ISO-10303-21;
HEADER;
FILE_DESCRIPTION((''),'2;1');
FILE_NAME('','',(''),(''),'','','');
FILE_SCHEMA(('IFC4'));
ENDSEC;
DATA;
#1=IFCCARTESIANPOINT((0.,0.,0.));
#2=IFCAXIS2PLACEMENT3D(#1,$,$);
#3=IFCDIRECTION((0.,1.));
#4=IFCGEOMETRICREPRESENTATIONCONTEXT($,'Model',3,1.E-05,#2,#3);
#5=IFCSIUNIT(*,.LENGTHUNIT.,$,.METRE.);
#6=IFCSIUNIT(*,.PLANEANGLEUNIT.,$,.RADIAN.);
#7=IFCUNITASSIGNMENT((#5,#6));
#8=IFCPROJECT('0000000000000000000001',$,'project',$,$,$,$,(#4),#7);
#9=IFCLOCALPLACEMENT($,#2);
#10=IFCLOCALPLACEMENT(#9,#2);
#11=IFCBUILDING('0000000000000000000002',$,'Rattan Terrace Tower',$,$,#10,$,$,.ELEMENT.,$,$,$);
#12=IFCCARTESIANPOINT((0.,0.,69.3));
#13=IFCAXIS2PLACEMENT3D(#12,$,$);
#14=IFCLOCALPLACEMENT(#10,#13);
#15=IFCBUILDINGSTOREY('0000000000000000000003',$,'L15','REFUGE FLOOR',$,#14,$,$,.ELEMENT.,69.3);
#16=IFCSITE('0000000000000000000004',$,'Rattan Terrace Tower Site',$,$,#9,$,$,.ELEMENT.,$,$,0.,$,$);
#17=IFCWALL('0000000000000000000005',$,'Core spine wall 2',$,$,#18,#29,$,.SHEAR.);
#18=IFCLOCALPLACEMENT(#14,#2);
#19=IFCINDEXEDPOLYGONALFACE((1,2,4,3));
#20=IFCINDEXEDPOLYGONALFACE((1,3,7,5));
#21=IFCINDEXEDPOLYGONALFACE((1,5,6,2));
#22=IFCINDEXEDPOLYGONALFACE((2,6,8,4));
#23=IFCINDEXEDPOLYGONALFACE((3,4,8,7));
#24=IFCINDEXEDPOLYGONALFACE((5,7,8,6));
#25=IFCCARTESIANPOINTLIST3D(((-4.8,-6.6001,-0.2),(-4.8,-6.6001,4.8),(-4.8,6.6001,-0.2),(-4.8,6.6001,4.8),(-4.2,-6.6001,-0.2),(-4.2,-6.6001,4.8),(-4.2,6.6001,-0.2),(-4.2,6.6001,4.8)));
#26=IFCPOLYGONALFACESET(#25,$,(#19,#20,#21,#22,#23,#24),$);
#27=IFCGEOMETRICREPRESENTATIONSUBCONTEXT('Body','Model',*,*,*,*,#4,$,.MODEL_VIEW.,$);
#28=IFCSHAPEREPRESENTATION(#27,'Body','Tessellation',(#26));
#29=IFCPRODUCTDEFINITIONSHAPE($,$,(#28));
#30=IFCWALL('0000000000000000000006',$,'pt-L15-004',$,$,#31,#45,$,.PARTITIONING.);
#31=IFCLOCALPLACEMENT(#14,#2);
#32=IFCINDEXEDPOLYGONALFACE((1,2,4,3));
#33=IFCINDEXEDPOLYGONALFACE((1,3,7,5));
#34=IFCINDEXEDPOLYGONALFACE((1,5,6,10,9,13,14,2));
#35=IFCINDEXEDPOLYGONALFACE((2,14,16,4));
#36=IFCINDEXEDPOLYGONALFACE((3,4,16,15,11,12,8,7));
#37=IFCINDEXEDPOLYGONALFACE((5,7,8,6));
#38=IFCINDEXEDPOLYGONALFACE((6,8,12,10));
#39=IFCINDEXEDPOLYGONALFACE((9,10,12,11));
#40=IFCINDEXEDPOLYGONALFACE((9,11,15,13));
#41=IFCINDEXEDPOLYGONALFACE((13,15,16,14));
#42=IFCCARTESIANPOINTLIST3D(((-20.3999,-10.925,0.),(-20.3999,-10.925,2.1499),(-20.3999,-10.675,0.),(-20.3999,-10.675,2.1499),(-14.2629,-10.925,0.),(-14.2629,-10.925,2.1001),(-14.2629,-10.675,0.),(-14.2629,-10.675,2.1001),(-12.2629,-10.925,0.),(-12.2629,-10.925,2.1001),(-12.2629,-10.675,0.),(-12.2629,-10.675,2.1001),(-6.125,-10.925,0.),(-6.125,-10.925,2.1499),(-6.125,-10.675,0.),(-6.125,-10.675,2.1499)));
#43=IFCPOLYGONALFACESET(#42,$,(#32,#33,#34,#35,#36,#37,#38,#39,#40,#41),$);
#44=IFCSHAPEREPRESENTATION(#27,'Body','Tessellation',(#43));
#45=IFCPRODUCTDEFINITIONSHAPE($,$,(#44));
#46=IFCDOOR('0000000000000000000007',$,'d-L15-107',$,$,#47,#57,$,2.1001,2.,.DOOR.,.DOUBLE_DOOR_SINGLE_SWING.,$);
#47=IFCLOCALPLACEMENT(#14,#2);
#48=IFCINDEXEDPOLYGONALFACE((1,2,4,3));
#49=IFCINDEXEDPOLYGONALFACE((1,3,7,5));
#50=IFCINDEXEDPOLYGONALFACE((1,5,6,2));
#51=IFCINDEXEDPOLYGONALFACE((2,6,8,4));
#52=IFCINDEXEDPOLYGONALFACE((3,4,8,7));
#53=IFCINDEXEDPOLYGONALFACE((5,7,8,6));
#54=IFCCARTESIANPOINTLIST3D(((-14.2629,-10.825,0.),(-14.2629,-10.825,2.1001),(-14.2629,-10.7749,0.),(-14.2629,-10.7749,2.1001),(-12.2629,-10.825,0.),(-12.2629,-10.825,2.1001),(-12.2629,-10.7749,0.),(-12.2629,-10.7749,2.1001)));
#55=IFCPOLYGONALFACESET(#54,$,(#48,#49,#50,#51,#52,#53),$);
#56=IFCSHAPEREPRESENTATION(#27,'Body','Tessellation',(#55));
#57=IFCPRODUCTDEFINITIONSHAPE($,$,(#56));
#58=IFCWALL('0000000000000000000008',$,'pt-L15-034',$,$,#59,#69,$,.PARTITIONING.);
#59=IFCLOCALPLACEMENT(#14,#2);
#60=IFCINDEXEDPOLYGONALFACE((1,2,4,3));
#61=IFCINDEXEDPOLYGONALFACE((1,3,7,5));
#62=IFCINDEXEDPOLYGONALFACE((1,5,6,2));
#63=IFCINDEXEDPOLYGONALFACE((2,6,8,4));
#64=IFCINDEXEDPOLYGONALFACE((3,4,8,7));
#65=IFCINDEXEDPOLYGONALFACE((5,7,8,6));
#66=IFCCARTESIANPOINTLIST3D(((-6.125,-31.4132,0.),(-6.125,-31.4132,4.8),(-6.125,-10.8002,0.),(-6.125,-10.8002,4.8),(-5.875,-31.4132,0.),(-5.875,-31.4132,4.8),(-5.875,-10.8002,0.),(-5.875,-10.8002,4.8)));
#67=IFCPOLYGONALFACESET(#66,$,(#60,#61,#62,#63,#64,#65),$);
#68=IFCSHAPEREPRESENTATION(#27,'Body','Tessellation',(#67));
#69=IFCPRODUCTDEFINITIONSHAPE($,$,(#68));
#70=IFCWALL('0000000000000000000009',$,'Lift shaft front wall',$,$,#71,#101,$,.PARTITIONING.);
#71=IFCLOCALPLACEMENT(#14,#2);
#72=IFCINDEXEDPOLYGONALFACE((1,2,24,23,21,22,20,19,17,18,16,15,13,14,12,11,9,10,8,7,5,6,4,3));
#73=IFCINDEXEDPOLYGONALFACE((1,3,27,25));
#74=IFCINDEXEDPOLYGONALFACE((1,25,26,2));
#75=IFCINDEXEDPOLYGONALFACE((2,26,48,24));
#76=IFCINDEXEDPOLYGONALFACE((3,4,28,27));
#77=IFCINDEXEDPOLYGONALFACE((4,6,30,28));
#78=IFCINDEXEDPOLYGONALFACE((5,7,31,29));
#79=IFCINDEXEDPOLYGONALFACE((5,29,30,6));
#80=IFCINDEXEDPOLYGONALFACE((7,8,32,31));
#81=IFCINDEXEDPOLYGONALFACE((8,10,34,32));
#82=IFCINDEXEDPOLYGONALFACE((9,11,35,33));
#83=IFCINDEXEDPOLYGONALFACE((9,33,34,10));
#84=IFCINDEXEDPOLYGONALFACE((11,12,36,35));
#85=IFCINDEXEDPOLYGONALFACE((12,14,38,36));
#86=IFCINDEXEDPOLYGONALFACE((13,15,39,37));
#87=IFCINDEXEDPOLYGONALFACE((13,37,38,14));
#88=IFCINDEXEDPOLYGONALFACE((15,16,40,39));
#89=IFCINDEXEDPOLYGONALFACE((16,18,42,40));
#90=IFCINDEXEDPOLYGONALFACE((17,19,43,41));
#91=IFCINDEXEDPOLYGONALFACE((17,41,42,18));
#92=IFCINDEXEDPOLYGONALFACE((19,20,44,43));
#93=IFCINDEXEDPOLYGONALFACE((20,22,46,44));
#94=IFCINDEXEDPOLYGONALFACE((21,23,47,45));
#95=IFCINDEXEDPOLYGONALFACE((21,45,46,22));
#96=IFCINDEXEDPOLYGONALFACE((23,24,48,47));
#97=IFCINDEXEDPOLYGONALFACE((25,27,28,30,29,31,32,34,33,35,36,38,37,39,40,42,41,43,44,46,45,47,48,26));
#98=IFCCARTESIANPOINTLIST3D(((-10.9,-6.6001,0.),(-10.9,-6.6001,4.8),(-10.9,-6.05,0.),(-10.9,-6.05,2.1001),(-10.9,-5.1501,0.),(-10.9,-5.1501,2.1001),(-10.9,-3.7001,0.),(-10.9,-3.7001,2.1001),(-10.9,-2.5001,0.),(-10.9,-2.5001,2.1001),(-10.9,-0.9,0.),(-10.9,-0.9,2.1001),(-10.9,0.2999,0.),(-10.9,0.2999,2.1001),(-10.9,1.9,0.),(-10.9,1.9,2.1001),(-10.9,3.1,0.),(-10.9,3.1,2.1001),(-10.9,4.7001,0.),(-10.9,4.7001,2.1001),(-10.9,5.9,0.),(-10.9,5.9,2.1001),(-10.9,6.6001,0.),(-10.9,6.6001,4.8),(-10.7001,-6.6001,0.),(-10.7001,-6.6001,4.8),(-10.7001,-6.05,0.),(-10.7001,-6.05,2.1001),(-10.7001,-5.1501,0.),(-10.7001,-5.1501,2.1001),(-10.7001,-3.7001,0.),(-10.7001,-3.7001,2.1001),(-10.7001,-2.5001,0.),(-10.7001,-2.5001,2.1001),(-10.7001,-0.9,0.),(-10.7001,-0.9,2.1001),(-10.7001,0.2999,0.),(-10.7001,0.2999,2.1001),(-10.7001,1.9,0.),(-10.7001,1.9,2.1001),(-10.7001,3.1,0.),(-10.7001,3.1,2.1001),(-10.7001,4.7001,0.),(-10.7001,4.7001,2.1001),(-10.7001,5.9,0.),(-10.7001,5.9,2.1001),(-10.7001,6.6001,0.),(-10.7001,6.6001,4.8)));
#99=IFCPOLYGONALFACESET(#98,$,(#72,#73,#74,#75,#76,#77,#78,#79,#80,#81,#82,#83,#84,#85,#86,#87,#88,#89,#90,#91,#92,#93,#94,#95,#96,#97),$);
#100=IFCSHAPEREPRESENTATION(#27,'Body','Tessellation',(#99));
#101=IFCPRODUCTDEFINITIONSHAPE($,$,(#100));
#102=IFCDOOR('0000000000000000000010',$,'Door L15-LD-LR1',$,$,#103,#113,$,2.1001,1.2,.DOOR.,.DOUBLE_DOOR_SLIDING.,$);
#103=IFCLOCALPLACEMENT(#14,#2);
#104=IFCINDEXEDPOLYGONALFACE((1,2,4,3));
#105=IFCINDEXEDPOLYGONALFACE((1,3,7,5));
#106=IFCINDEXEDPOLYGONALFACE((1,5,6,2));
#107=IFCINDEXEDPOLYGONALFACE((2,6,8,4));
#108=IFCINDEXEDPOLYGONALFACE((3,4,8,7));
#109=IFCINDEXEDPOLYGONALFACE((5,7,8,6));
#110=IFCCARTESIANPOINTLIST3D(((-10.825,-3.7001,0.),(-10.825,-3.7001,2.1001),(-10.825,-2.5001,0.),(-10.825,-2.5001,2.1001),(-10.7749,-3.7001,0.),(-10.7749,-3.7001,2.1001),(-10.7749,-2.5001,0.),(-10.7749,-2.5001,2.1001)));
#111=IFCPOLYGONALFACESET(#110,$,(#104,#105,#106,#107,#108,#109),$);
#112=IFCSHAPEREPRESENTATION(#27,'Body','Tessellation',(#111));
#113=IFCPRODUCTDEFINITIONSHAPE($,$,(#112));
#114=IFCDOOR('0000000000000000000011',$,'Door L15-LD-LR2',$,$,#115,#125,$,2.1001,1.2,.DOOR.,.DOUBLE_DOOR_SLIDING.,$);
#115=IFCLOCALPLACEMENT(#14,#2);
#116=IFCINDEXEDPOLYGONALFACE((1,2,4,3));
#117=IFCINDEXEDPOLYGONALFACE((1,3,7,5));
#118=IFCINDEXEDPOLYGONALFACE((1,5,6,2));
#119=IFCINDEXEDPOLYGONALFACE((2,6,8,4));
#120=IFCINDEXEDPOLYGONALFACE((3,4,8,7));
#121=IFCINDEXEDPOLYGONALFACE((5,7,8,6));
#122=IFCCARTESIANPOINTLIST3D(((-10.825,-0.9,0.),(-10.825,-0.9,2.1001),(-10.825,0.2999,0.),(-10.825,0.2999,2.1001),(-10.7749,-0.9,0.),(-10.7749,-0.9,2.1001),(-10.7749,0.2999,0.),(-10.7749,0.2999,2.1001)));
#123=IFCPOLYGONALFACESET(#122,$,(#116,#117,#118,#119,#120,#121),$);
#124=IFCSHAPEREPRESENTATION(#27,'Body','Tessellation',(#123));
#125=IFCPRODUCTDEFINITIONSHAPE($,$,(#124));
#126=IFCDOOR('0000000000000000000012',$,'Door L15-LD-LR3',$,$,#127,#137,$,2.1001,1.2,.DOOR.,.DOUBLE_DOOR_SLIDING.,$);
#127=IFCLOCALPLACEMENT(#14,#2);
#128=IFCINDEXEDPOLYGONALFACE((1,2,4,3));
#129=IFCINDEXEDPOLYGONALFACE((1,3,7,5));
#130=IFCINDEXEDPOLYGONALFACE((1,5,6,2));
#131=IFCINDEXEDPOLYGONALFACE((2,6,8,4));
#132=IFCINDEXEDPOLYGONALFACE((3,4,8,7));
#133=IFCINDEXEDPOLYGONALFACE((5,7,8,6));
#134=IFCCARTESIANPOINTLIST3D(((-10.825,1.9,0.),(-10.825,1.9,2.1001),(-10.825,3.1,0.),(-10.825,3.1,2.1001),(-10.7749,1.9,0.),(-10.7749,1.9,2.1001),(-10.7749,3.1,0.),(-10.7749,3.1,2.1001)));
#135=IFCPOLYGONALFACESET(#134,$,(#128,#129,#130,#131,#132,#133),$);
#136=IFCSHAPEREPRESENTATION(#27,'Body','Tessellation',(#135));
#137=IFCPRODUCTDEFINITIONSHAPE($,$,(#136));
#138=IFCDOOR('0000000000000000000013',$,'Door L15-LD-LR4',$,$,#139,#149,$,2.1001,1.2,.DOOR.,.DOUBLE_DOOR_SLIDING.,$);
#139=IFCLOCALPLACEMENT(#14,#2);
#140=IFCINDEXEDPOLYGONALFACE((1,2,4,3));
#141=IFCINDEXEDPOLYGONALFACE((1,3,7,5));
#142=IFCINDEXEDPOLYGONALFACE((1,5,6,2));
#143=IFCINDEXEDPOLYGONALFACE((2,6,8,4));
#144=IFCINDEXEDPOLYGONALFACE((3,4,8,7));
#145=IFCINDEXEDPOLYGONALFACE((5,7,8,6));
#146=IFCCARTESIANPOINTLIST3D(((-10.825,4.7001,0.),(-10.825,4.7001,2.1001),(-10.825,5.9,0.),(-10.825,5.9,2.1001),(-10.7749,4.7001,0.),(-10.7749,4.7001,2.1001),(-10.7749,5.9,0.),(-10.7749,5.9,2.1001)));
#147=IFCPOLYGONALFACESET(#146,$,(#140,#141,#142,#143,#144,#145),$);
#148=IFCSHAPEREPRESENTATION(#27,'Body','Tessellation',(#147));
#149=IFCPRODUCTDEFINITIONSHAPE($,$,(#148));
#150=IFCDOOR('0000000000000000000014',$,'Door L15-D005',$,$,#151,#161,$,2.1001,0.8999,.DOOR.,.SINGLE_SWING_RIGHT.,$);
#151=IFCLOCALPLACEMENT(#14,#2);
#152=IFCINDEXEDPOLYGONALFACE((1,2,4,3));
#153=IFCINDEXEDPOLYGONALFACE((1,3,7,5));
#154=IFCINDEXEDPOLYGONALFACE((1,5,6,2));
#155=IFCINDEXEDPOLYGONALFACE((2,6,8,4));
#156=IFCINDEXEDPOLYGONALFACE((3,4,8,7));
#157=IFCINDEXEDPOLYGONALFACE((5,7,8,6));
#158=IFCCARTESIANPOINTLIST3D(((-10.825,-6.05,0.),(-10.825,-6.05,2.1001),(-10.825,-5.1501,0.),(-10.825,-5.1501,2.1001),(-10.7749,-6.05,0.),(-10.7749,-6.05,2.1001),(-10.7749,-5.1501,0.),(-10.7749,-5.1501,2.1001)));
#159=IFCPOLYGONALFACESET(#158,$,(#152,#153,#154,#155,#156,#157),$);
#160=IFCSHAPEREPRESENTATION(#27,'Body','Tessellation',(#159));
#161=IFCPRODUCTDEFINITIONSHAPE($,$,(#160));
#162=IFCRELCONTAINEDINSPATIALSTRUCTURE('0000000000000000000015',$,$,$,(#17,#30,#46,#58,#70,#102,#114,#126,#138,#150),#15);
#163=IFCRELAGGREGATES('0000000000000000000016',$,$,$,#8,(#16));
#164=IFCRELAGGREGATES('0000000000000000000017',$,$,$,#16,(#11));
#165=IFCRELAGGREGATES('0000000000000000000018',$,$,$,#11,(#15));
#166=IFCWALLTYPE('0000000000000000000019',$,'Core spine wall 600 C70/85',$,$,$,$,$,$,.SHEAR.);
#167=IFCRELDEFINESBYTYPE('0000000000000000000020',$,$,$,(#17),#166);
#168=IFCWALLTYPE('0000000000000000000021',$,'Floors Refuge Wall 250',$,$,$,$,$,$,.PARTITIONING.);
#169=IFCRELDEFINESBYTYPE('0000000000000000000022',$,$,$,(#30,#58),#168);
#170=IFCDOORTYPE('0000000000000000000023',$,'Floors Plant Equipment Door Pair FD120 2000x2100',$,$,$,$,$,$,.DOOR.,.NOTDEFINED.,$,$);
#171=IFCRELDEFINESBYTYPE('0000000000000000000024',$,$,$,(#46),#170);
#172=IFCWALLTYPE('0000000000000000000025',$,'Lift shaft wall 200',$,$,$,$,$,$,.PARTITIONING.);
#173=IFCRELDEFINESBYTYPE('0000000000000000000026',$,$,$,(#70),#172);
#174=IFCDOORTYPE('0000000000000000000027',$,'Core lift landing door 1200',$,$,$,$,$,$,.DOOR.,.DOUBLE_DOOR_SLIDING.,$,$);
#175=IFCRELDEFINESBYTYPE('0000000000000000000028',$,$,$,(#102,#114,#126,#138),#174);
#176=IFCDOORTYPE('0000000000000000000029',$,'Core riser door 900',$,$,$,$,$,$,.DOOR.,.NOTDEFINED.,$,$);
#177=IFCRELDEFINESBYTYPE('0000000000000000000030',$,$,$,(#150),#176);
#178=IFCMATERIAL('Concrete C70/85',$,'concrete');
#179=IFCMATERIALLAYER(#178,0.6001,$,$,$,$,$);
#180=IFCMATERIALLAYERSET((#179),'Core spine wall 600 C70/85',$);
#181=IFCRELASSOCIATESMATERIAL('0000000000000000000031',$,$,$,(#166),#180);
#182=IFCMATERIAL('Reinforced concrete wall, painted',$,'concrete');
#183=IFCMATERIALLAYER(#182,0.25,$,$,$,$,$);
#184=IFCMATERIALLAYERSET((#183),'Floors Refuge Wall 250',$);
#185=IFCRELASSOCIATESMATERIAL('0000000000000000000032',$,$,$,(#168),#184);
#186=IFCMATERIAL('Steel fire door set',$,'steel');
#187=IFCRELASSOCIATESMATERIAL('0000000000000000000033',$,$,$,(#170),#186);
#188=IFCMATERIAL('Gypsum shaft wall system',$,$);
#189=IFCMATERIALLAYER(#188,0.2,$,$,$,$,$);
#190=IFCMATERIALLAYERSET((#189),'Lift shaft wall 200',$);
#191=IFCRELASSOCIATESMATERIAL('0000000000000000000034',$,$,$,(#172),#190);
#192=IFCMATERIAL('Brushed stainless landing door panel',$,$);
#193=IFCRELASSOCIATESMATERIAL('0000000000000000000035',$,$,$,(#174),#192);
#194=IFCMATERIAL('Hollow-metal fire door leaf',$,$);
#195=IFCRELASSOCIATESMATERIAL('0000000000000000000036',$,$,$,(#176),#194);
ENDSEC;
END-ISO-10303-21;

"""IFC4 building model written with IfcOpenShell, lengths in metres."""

from ifc_helpers import new_model, si_unit, direction, frame, frame_2d, origin, place, context, subcontext, project, spatial, rectangle, extrude, material, layer, layer_set, type_object, element, fill, save


model = new_model("IFC4")

# Units and contexts
model_context = context("Model", 3, precision=1e-05, world=origin(), true_north=direction((0.0, 1.0)))
body_context = subcontext(model_context, "Body", "Model", "MODEL_VIEW")
ifc_project = project(units=[si_unit("LENGTHUNIT", "METRE"), si_unit("PLANEANGLEUNIT", "RADIAN")], contexts=[model_context])

# Site, building, storey
site_placement = place(None, origin())
site = spatial("IfcSite", under=ifc_project, at=site_placement, Name="Rattan Terrace Tower Site", CompositionType="ELEMENT", RefElevation=0.0)
building_placement = place(site_placement, origin())
building = spatial("IfcBuilding", under=site, at=building_placement, Name="Rattan Terrace Tower", CompositionType="ELEMENT")
storey_placement = place(building_placement, frame((0.0, 0.0, 69.3)))
storey = spatial("IfcBuildingStorey", under=building, at=storey_placement, Name="L15", Description="REFUGE FLOOR", CompositionType="ELEMENT", Elevation=69.3)

# Wall
ifc_material_1 = material(Name="Concrete C70/85", Category="concrete")
ifc_layer_1 = layer(ifc_material_1, 0.6001)
ifc_layer_set_1 = layer_set([ifc_layer_1], Name="Core spine wall 600 C70/85")
wall_type_1 = type_object("IfcWallType", Name="Core spine wall 600 C70/85", PredefinedType="SHEAR", material=ifc_layer_set_1)
wall_1_placement = place(storey_placement, frame((-4.5, -6.6001, -0.2), z_axis=(0.0, 0.0, 1.0), x_axis=(0.0, 1.0, 0.0)))
element("IfcWall", 1, at=wall_1_placement, inside=storey, type_object=wall_type_1, Name="Core spine wall 2", PredefinedType="SHEAR", context=body_context, shape_type="SweptSolid", body=[
    extrude(rectangle(XDim=13.2002, YDim=0.6001, at=frame_2d((6.6001, 0.0))), origin(), (0.0, 0.0, 1.0), 5.0),
])

# Wall, opening, door
ifc_material_2 = material(Name="Reinforced concrete wall, painted", Category="concrete")
ifc_layer_2 = layer(ifc_material_2, 0.25)
ifc_layer_set_2 = layer_set([ifc_layer_2], Name="Floors Refuge Wall 250")
wall_type_2 = type_object("IfcWallType", Name="Floors Refuge Wall 250", PredefinedType="PARTITIONING", material=ifc_layer_set_2)
wall_2_placement = place(storey_placement, frame((-6.125, -10.8, 0.0), z_axis=(0.0, 0.0, 1.0), x_axis=(-1.0, 0.0, 0.0)))
wall_2 = element("IfcWall", 2, at=wall_2_placement, inside=storey, type_object=wall_type_2, Name="pt-L15-004", PredefinedType="PARTITIONING", context=body_context, shape_type="SweptSolid", body=[
    extrude(rectangle(XDim=14.2749, YDim=0.25, at=frame_2d((7.1375, 0.0))), origin(), (0.0, 0.0, 1.0), 2.1499),
])
opening_1_placement = place(wall_2_placement, frame((6.1379, 0.0, 0.0)))
opening_1 = element("IfcOpeningElement", 3, at=opening_1_placement, cuts=wall_2, PredefinedType="OPENING", context=body_context, shape_type="SweptSolid", body=[
    extrude(rectangle(XDim=2.0, YDim=2.1001, at=frame_2d((1.0, 1.05))), frame((0.0, 0.1355, 0.0), z_axis=(0.0, -1.0, 0.0), x_axis=(1.0, 0.0, 0.0)), (0.0, 0.0, 1.0), 0.271),
])
ifc_material_3 = material(Name="Steel fire door set", Category="steel")
door_type_1 = type_object("IfcDoorType", Name="Floors Plant Equipment Door Pair FD120 2000x2100", OperationType="NOTDEFINED", PredefinedType="DOOR", material=ifc_material_3)
door_1_placement = place(opening_1_placement, origin())
door_1 = element("IfcDoor", 4, at=door_1_placement, inside=storey, type_object=door_type_1, Name="d-L15-107", OperationType="DOUBLE_DOOR_SINGLE_SWING", OverallHeight=2.1001, OverallWidth=2.0, PredefinedType="DOOR", context=body_context, shape_type="SweptSolid", body=[
    extrude(rectangle(XDim=2.0, YDim=2.1001, at=frame_2d((1.0, 1.05))), frame((0.0, 0.0249, 0.0), z_axis=(0.0, -1.0, 0.0), x_axis=(1.0, 0.0, 0.0)), (0.0, 0.0, 1.0), 0.05),
])
fill(opening_1, door_1)

# Wall
wall_3_placement = place(storey_placement, frame((-6.0, -10.8, 0.0), z_axis=(0.0, 0.0, 1.0), x_axis=(0.0, -1.0, 0.0)))
element("IfcWall", 5, at=wall_3_placement, inside=storey, type_object=wall_type_2, Name="pt-L15-034", PredefinedType="PARTITIONING", context=body_context, shape_type="SweptSolid", body=[
    extrude(rectangle(XDim=20.613, YDim=0.25, at=frame_2d((10.3066, 0.0))), origin(), (0.0, 0.0, 1.0), 4.8),
])

# Wall, openings, doors
ifc_material_4 = material(Name="Gypsum shaft wall system")
ifc_layer_3 = layer(ifc_material_4, 0.2)
ifc_layer_set_3 = layer_set([ifc_layer_3], Name="Lift shaft wall 200")
wall_type_3 = type_object("IfcWallType", Name="Lift shaft wall 200", PredefinedType="PARTITIONING", material=ifc_layer_set_3)
wall_4_placement = place(storey_placement, frame((-10.8, -6.6001, 0.0), z_axis=(0.0, 0.0, 1.0), x_axis=(0.0, 1.0, 0.0)))
wall_4 = element("IfcWall", 6, at=wall_4_placement, inside=storey, type_object=wall_type_3, Name="Lift shaft front wall", PredefinedType="PARTITIONING", context=body_context, shape_type="SweptSolid", body=[
    extrude(rectangle(XDim=13.2002, YDim=0.2, at=frame_2d((6.6001, 0.0))), origin(), (0.0, 0.0, 1.0), 4.8),
])
opening_2_placement = place(wall_4_placement, frame((0.55, 0.0, 0.0)))
opening_2 = element("IfcOpeningElement", 7, at=opening_2_placement, cuts=wall_4, PredefinedType="OPENING", context=body_context, shape_type="SweptSolid", body=[
    extrude(rectangle(XDim=0.8999, YDim=2.1001, at=frame_2d((0.45, 1.05))), frame((0.0, 0.1106, 0.0), z_axis=(0.0, -1.0, 0.0), x_axis=(1.0, 0.0, 0.0)), (0.0, 0.0, 1.0), 0.2209),
])
opening_3_placement = place(wall_4_placement, frame((2.8999, 0.0, 0.0)))
opening_3 = element("IfcOpeningElement", 8, at=opening_3_placement, cuts=wall_4, PredefinedType="OPENING", context=body_context, shape_type="SweptSolid", body=[
    extrude(rectangle(XDim=1.2, YDim=2.1001, at=frame_2d((0.6001, 1.05))), frame((0.0, 0.1106, 0.0), z_axis=(0.0, -1.0, 0.0), x_axis=(1.0, 0.0, 0.0)), (0.0, 0.0, 1.0), 0.2209),
])
opening_4_placement = place(wall_4_placement, frame((5.7, 0.0, 0.0)))
opening_4 = element("IfcOpeningElement", 9, at=opening_4_placement, cuts=wall_4, PredefinedType="OPENING", context=body_context, shape_type="SweptSolid", body=[
    extrude(rectangle(XDim=1.2, YDim=2.1001, at=frame_2d((0.6001, 1.05))), frame((0.0, 0.1106, 0.0), z_axis=(0.0, -1.0, 0.0), x_axis=(1.0, 0.0, 0.0)), (0.0, 0.0, 1.0), 0.2209),
])
opening_5_placement = place(wall_4_placement, frame((8.5, 0.0, 0.0)))
opening_5 = element("IfcOpeningElement", 10, at=opening_5_placement, cuts=wall_4, PredefinedType="OPENING", context=body_context, shape_type="SweptSolid", body=[
    extrude(rectangle(XDim=1.2, YDim=2.1001, at=frame_2d((0.6001, 1.05))), frame((0.0, 0.1106, 0.0), z_axis=(0.0, -1.0, 0.0), x_axis=(1.0, 0.0, 0.0)), (0.0, 0.0, 1.0), 0.2209),
])
opening_6_placement = place(wall_4_placement, frame((11.3, 0.0, 0.0)))
opening_6 = element("IfcOpeningElement", 11, at=opening_6_placement, cuts=wall_4, PredefinedType="OPENING", context=body_context, shape_type="SweptSolid", body=[
    extrude(rectangle(XDim=1.2, YDim=2.1001, at=frame_2d((0.6001, 1.05))), frame((0.0, 0.1106, 0.0), z_axis=(0.0, -1.0, 0.0), x_axis=(1.0, 0.0, 0.0)), (0.0, 0.0, 1.0), 0.2209),
])
ifc_material_5 = material(Name="Brushed stainless landing door panel")
door_type_2 = type_object("IfcDoorType", Name="Core lift landing door 1200", OperationType="DOUBLE_DOOR_SLIDING", PredefinedType="DOOR", material=ifc_material_5)
door_2_placement = place(opening_3_placement, origin())
door_2 = element("IfcDoor", 12, at=door_2_placement, inside=storey, type_object=door_type_2, Name="Door L15-LD-LR1", OperationType="DOUBLE_DOOR_SLIDING", OverallHeight=2.1001, OverallWidth=1.2, PredefinedType="DOOR", context=body_context, shape_type="SweptSolid", body=[
    extrude(rectangle(XDim=1.2, YDim=2.1001, at=frame_2d((0.6001, 1.05))), frame((0.0, 0.0249, 0.0), z_axis=(0.0, -1.0, 0.0), x_axis=(1.0, 0.0, 0.0)), (0.0, 0.0, 1.0), 0.05),
])
fill(opening_3, door_2)
door_3_placement = place(opening_4_placement, origin())
door_3 = element("IfcDoor", 13, at=door_3_placement, inside=storey, type_object=door_type_2, Name="Door L15-LD-LR2", OperationType="DOUBLE_DOOR_SLIDING", OverallHeight=2.1001, OverallWidth=1.2, PredefinedType="DOOR", context=body_context, shape_type="SweptSolid", body=[
    extrude(rectangle(XDim=1.2, YDim=2.1001, at=frame_2d((0.6001, 1.05))), frame((0.0, 0.0249, 0.0), z_axis=(0.0, -1.0, 0.0), x_axis=(1.0, 0.0, 0.0)), (0.0, 0.0, 1.0), 0.05),
])
fill(opening_4, door_3)
door_4_placement = place(opening_5_placement, origin())
door_4 = element("IfcDoor", 14, at=door_4_placement, inside=storey, type_object=door_type_2, Name="Door L15-LD-LR3", OperationType="DOUBLE_DOOR_SLIDING", OverallHeight=2.1001, OverallWidth=1.2, PredefinedType="DOOR", context=body_context, shape_type="SweptSolid", body=[
    extrude(rectangle(XDim=1.2, YDim=2.1001, at=frame_2d((0.6001, 1.05))), frame((0.0, 0.0249, 0.0), z_axis=(0.0, -1.0, 0.0), x_axis=(1.0, 0.0, 0.0)), (0.0, 0.0, 1.0), 0.05),
])
fill(opening_5, door_4)
door_5_placement = place(opening_6_placement, origin())
door_5 = element("IfcDoor", 15, at=door_5_placement, inside=storey, type_object=door_type_2, Name="Door L15-LD-LR4", OperationType="DOUBLE_DOOR_SLIDING", OverallHeight=2.1001, OverallWidth=1.2, PredefinedType="DOOR", context=body_context, shape_type="SweptSolid", body=[
    extrude(rectangle(XDim=1.2, YDim=2.1001, at=frame_2d((0.6001, 1.05))), frame((0.0, 0.0249, 0.0), z_axis=(0.0, -1.0, 0.0), x_axis=(1.0, 0.0, 0.0)), (0.0, 0.0, 1.0), 0.05),
])
fill(opening_6, door_5)
ifc_material_6 = material(Name="Hollow-metal fire door leaf")
door_type_3 = type_object("IfcDoorType", Name="Core riser door 900", OperationType="NOTDEFINED", PredefinedType="DOOR", material=ifc_material_6)
door_6_placement = place(opening_2_placement, origin())
door_6 = element("IfcDoor", 16, at=door_6_placement, inside=storey, type_object=door_type_3, Name="Door L15-D005", OperationType="SINGLE_SWING_RIGHT", OverallHeight=2.1001, OverallWidth=0.8999, PredefinedType="DOOR", context=body_context, shape_type="SweptSolid", body=[
    extrude(rectangle(XDim=0.8999, YDim=2.1001, at=frame_2d((0.45, 1.05))), frame((0.0, 0.0249, 0.0), z_axis=(0.0, -1.0, 0.0), x_axis=(1.0, 0.0, 0.0)), (0.0, 0.0, 1.0), 0.05),
])
fill(opening_2, door_6)

save(model, "model.ifc")
